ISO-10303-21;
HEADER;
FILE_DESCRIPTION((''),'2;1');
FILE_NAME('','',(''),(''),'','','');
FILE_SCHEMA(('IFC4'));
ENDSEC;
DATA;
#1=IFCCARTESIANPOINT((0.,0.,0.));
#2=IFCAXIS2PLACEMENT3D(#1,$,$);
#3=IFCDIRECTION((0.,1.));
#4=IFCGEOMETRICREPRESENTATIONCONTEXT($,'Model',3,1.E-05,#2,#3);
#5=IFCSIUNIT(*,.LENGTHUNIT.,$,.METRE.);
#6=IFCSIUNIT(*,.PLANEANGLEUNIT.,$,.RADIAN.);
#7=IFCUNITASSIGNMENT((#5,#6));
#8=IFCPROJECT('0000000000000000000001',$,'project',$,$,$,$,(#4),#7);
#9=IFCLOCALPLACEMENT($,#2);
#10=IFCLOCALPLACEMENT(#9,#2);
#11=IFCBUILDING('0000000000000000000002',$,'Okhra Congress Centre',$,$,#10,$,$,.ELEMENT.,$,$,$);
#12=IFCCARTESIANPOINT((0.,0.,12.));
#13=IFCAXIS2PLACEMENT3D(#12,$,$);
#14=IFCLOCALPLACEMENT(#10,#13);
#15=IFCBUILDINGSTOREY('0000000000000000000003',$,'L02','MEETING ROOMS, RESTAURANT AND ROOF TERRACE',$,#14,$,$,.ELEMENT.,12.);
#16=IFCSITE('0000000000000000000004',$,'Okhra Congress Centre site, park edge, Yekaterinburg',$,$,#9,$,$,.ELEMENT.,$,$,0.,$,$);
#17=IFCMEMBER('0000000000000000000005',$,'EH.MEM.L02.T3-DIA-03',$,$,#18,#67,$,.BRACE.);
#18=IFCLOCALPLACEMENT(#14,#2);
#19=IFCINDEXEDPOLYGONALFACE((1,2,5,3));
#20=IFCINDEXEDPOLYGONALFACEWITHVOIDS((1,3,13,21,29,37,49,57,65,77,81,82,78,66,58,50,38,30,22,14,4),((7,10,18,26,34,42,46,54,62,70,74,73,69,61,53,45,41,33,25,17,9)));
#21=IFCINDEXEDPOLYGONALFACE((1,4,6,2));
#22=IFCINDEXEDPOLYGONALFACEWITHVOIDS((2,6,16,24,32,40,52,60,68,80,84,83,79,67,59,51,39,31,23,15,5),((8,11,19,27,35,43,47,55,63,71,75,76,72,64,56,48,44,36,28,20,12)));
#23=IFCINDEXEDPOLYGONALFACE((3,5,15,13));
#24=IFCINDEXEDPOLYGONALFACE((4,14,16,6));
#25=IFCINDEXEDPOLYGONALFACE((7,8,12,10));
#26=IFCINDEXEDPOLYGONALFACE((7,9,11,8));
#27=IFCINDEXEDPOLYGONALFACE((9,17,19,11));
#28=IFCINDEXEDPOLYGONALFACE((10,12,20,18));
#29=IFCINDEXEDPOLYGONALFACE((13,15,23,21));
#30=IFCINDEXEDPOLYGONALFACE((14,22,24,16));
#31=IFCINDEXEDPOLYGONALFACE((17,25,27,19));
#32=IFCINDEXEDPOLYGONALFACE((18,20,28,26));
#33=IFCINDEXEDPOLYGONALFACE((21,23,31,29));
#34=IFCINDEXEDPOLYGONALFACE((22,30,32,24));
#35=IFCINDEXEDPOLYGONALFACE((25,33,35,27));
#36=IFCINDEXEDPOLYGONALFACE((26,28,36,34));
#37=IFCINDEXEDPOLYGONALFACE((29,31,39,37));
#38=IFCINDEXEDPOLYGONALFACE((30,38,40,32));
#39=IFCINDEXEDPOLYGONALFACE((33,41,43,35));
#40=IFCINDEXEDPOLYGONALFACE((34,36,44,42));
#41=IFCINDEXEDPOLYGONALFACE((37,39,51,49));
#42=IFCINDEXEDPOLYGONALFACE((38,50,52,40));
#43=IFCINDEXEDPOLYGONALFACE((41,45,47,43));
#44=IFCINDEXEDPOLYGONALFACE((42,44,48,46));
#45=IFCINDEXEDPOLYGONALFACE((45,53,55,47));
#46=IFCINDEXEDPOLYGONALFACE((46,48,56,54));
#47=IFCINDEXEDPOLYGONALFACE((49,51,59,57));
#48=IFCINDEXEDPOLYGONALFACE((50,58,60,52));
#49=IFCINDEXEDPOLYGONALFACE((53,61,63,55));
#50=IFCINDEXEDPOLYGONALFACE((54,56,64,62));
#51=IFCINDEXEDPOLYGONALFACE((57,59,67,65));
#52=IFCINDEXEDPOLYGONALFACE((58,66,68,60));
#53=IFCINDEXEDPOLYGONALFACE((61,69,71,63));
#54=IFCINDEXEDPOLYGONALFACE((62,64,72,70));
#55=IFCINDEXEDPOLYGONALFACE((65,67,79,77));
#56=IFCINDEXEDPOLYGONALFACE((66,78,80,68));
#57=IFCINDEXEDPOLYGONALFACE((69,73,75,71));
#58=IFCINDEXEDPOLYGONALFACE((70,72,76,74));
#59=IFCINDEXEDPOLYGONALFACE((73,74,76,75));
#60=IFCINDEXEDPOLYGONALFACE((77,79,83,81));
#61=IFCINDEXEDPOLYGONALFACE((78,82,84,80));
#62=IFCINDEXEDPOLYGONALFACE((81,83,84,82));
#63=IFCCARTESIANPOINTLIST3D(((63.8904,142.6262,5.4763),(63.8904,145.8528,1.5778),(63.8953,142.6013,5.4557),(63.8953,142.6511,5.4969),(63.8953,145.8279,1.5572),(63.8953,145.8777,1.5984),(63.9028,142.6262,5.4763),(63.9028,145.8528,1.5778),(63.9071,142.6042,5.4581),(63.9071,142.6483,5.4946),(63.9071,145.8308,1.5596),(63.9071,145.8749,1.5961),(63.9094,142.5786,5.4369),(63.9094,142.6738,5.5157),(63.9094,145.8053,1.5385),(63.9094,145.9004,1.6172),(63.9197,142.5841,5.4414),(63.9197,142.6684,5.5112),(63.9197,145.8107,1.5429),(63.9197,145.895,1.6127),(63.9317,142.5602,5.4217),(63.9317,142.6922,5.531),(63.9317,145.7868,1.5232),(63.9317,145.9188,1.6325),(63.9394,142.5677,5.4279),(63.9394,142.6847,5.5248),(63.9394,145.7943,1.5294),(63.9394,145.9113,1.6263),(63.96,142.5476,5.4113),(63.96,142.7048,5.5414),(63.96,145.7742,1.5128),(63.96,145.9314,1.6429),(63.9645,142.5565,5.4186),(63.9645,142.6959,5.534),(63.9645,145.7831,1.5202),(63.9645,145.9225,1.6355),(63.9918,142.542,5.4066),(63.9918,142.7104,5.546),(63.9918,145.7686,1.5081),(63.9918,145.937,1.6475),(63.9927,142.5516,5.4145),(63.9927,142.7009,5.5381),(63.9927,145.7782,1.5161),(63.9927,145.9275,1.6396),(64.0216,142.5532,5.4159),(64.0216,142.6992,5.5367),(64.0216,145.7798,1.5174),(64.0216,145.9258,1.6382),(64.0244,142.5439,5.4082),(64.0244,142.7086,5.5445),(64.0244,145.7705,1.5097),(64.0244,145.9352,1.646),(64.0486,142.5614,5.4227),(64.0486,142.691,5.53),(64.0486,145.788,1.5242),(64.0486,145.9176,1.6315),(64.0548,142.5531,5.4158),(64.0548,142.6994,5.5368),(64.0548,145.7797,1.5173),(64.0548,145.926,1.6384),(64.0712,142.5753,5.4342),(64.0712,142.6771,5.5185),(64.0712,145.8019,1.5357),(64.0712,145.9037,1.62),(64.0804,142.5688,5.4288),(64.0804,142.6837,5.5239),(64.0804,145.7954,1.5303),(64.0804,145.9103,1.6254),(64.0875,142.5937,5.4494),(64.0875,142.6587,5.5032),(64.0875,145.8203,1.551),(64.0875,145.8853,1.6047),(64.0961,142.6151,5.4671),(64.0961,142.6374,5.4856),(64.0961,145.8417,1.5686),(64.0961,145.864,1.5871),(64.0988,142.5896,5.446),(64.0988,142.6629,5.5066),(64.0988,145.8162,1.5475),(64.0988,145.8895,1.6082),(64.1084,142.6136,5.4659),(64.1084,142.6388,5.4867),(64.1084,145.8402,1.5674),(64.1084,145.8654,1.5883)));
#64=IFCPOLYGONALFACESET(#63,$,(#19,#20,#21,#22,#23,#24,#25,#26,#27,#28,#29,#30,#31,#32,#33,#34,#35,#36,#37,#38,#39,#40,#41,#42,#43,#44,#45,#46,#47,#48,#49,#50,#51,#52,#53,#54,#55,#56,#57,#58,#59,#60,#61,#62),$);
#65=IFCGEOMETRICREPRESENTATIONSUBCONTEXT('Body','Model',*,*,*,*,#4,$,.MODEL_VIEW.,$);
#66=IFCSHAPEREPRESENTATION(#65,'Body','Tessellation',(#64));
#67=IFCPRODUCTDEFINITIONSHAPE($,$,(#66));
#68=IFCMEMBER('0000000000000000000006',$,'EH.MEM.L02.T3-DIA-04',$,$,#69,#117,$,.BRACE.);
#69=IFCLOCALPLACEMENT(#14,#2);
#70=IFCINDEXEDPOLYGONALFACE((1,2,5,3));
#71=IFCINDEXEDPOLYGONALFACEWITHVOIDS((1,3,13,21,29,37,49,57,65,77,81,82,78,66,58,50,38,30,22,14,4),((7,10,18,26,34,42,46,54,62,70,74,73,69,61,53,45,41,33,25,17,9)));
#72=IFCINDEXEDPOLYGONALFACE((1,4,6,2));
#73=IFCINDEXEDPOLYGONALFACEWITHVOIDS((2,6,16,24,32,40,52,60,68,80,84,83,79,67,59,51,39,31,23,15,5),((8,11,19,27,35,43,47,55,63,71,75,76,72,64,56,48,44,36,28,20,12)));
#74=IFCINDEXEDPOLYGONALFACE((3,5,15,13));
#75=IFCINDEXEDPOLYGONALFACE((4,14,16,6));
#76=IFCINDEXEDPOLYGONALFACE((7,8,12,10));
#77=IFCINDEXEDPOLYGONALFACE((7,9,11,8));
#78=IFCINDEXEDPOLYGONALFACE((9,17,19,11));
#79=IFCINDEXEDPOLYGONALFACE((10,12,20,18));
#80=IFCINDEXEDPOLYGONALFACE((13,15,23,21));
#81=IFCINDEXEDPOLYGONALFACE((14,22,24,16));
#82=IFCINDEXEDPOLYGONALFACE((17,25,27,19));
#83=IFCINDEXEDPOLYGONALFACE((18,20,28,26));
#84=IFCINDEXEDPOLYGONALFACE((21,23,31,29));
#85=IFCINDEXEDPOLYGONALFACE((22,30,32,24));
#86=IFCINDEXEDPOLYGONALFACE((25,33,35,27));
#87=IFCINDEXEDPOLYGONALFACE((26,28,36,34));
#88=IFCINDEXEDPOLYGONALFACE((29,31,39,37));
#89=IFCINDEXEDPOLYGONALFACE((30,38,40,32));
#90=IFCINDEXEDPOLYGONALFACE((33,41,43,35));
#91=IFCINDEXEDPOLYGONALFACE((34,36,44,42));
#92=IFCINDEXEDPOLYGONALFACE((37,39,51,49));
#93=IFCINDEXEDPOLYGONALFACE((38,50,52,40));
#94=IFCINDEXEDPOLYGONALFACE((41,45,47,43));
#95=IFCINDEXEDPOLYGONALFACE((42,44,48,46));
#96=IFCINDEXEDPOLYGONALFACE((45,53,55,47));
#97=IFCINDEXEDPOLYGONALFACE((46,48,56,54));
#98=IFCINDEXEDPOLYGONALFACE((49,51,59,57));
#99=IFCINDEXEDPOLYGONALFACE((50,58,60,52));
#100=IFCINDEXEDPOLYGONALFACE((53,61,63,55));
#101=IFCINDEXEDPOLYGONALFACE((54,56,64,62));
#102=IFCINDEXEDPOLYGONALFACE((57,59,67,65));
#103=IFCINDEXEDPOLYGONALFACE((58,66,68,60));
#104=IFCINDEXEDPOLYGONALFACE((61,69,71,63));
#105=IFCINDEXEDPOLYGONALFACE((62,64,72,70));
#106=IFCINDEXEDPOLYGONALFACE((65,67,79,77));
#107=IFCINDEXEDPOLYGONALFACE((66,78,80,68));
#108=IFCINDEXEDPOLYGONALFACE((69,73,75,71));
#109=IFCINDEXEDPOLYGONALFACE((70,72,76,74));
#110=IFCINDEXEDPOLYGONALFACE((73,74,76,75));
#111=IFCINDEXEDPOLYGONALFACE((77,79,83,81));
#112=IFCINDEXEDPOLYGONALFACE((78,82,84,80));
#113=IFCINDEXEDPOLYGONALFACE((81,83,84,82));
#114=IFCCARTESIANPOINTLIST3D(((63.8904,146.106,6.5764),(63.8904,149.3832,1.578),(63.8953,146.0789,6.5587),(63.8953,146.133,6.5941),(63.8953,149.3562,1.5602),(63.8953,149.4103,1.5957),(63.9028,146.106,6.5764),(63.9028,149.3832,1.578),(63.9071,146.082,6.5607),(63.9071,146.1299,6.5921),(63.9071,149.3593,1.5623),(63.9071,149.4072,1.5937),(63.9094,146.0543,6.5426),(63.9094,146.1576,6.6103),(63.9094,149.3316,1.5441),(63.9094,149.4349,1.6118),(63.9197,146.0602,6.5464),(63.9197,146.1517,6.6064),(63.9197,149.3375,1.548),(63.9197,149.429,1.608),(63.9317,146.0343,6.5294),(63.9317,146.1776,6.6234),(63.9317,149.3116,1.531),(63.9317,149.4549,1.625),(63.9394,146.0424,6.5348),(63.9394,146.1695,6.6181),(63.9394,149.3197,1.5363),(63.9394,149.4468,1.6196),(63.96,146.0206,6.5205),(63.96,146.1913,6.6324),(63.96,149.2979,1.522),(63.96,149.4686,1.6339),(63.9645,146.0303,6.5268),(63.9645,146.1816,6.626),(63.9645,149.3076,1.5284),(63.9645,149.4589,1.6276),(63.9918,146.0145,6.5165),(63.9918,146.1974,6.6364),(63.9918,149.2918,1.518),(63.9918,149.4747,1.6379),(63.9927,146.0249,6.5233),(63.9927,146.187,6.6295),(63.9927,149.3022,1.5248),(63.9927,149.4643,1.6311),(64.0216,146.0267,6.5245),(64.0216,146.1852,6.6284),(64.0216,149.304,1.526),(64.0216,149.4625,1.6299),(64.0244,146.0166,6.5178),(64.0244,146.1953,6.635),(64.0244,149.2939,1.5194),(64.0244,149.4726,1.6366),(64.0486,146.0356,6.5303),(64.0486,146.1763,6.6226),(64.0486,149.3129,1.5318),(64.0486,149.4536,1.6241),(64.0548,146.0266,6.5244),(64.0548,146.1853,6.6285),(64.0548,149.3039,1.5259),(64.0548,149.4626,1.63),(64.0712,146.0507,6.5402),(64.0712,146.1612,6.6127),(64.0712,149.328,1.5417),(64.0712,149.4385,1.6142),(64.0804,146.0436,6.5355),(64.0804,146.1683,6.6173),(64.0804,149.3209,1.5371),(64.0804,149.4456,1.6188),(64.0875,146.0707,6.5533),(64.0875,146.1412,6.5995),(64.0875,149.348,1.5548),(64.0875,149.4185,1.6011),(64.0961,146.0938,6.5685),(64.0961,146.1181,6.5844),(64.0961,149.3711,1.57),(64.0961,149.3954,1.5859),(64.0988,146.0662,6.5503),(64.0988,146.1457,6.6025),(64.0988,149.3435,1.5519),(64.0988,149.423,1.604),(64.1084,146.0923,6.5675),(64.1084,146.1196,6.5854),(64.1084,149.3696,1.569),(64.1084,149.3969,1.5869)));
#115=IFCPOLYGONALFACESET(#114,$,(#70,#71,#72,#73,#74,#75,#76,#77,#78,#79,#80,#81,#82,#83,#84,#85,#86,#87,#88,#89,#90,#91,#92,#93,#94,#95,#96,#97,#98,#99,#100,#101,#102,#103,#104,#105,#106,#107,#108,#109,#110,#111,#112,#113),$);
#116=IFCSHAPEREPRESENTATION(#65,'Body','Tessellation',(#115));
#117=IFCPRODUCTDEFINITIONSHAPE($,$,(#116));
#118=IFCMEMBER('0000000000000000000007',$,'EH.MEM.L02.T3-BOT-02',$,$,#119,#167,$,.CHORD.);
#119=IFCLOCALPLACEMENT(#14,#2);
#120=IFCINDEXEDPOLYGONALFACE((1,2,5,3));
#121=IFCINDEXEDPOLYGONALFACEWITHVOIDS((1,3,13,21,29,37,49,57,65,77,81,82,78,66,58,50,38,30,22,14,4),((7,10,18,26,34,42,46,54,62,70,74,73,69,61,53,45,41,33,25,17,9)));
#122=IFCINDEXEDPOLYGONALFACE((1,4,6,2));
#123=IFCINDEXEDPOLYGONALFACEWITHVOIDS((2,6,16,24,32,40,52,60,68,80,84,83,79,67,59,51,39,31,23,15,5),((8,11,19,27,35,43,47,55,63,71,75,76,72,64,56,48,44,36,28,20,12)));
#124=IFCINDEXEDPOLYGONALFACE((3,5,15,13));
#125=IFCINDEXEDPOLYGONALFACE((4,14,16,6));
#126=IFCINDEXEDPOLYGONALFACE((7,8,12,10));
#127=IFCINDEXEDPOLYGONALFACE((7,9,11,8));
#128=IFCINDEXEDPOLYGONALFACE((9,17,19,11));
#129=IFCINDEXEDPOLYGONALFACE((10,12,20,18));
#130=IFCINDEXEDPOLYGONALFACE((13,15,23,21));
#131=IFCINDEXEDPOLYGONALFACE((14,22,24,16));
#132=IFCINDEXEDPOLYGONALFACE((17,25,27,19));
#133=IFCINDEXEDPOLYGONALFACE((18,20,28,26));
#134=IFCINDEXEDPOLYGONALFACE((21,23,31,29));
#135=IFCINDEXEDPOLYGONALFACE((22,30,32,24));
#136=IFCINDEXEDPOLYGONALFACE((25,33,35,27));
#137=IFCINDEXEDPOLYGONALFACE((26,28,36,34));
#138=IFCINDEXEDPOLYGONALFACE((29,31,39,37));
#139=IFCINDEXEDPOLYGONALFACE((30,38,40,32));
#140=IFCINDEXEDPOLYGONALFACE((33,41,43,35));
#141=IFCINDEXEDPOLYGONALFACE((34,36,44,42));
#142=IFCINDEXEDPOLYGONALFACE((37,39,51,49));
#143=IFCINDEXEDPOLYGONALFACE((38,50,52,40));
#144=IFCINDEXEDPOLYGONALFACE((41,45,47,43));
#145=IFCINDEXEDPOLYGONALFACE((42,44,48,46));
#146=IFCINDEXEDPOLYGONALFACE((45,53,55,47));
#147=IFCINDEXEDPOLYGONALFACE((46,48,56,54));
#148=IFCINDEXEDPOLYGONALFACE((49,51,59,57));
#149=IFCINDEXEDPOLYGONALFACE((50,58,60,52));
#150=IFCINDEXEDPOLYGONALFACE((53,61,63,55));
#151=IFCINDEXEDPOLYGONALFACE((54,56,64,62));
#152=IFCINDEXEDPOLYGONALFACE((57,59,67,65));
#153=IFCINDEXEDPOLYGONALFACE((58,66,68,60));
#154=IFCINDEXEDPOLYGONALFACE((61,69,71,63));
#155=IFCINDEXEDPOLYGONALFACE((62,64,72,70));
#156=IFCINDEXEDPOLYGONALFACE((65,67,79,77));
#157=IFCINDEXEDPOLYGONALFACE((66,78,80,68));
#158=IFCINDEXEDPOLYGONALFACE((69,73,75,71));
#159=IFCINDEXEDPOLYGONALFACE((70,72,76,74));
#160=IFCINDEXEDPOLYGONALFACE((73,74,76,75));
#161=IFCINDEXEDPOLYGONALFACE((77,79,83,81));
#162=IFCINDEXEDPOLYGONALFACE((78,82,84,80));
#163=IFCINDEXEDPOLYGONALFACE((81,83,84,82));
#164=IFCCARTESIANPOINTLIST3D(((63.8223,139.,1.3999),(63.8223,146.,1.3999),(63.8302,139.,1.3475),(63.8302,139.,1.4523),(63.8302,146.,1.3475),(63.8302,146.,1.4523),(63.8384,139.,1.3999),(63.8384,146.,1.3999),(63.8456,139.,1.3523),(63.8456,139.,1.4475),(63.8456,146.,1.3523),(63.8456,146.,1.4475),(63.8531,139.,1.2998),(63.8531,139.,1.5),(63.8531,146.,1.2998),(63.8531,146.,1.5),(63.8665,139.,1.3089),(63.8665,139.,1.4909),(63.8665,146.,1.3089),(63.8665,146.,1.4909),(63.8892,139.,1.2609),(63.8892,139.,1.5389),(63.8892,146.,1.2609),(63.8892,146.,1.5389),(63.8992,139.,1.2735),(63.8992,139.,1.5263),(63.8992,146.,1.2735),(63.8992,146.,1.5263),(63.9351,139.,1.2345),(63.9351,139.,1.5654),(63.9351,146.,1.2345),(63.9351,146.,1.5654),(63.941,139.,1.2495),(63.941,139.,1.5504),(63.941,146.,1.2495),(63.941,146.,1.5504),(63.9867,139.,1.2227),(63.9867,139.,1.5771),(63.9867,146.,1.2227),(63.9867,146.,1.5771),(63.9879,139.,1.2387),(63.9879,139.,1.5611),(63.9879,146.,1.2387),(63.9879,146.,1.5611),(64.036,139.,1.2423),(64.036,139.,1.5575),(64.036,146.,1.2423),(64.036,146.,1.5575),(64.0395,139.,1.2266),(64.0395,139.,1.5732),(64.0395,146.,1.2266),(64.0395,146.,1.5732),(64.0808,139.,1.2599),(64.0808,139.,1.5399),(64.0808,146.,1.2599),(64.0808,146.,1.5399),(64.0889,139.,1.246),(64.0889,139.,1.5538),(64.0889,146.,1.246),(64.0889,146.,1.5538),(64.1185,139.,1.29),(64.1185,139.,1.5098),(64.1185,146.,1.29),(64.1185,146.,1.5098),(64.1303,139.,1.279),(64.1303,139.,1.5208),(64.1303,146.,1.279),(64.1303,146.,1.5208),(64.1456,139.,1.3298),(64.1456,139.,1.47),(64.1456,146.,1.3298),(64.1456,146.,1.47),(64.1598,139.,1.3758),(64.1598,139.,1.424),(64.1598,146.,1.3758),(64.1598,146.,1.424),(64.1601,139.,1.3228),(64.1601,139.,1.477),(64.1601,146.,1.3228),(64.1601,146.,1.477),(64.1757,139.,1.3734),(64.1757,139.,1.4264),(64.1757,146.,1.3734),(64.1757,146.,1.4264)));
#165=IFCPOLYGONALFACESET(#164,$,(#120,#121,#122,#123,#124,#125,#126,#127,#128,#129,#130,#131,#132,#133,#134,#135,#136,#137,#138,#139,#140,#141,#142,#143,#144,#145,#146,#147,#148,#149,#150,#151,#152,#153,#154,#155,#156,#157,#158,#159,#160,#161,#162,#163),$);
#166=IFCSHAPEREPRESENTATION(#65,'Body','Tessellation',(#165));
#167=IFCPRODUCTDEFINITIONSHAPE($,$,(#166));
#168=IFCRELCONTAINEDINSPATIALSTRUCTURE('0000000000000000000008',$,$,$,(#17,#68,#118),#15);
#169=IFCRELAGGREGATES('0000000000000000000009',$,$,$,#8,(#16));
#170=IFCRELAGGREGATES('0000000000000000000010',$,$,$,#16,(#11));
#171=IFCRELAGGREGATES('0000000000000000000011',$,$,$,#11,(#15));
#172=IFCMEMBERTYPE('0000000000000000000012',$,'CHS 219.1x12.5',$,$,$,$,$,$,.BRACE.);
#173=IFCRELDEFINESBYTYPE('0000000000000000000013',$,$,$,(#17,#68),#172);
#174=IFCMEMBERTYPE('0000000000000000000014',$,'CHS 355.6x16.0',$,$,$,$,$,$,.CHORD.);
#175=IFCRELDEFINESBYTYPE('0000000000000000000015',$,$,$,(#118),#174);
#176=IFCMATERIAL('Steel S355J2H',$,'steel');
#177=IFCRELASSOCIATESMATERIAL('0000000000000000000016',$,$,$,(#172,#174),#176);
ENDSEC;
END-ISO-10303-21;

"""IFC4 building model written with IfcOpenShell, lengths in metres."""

from ifc_helpers import new_model, si_unit, direction, frame, origin, origin_2d, place, context, subcontext, project, spatial, hollow_circle, extrude, material, material_profile, profile_set, type_object, element, save


model = new_model("IFC4")

# Units and contexts
model_context = context("Model", 3, precision=1e-05, world=origin(), true_north=direction((0.0, 1.0)))
body_context = subcontext(model_context, "Body", "Model", "MODEL_VIEW")
ifc_project = project(units=[si_unit("LENGTHUNIT", "METRE"), si_unit("PLANEANGLEUNIT", "RADIAN")], contexts=[model_context])

# Site, building, storey
site_placement = place(None, origin())
site = spatial("IfcSite", under=ifc_project, at=site_placement, Name="Okhra Congress Centre site, park edge, Yekaterinburg", CompositionType="ELEMENT", RefElevation=0.0)
building_placement = place(site_placement, origin())
building = spatial("IfcBuilding", under=site, at=building_placement, Name="Okhra Congress Centre", CompositionType="ELEMENT")
storey_placement = place(building_placement, frame((0.0, 0.0, 12.0)))
storey = spatial("IfcBuildingStorey", under=building, at=storey_placement, Name="L02", Description="MEETING ROOMS, RESTAURANT AND ROOF TERRACE", CompositionType="ELEMENT", Elevation=12.0)

# Members
ifc_material_1 = material(Name="Steel S355J2H", Category="steel")
ifc_material_profile_1 = material_profile(ifc_material_1, hollow_circle(Radius=0.1096, WallThickness=0.0125, at=origin_2d()), Name="CHS 219.1x12.5")
ifc_profile_set_1 = profile_set([ifc_material_profile_1], Name="Steel S355J2H")
member_type_1 = type_object("IfcMemberType", Name="CHS 219.1x12.5", PredefinedType="BRACE", material=ifc_profile_set_1)
member_1_placement = place(storey_placement, frame((64.0, 142.6262, 5.4763), z_axis=(0.0, 0.637599, -0.770368), x_axis=(-1.0, 0.0, 0.0)))
element("IfcMember", 1, at=member_1_placement, inside=storey, type_object=member_type_1, Name="EH.MEM.L02.T3-DIA-03", PredefinedType="BRACE", context=body_context, shape_type="SweptSolid", body=[
    extrude(hollow_circle(Radius=0.1096, WallThickness=0.0125, at=origin_2d()), origin(), (0.0, 0.0, 1.0), 5.0605),
])
member_2_placement = place(storey_placement, frame((64.0, 146.106, 6.5764), z_axis=(0.0, 0.548312, -0.836274), x_axis=(-1.0, 0.0, 0.0)))
element("IfcMember", 2, at=member_2_placement, inside=storey, type_object=member_type_1, Name="EH.MEM.L02.T3-DIA-04", PredefinedType="BRACE", context=body_context, shape_type="SweptSolid", body=[
    extrude(hollow_circle(Radius=0.1096, WallThickness=0.0125, at=origin_2d()), origin(), (0.0, 0.0, 1.0), 5.9771),
])
ifc_material_profile_2 = material_profile(ifc_material_1, hollow_circle(Radius=0.1777, WallThickness=0.0161, at=origin_2d()), Name="CHS 355.6x16.0")
ifc_profile_set_2 = profile_set([ifc_material_profile_2], Name="Steel S355J2H")
member_type_2 = type_object("IfcMemberType", Name="CHS 355.6x16.0", PredefinedType="CHORD", material=ifc_profile_set_2)
for number, where, z_axis, x_axis, name in (
    (3, (64.0, 139.0, 1.3999), (0.0, 1.0, 0.0), (-1.0, 0.0, 0.0), "EH.MEM.L02.T3-BOT-02"),
):
    element("IfcMember", number, at=place(storey_placement, frame(where, z_axis=z_axis, x_axis=x_axis)), inside=storey, type_object=member_type_2, Name=name, PredefinedType="CHORD", context=body_context, shape_type="SweptSolid", body=[
        extrude(hollow_circle(Radius=0.1777, WallThickness=0.0161, at=origin_2d()), origin(), (0.0, 0.0, 1.0), 7.0),
    ])

save(model, "model.ifc")
